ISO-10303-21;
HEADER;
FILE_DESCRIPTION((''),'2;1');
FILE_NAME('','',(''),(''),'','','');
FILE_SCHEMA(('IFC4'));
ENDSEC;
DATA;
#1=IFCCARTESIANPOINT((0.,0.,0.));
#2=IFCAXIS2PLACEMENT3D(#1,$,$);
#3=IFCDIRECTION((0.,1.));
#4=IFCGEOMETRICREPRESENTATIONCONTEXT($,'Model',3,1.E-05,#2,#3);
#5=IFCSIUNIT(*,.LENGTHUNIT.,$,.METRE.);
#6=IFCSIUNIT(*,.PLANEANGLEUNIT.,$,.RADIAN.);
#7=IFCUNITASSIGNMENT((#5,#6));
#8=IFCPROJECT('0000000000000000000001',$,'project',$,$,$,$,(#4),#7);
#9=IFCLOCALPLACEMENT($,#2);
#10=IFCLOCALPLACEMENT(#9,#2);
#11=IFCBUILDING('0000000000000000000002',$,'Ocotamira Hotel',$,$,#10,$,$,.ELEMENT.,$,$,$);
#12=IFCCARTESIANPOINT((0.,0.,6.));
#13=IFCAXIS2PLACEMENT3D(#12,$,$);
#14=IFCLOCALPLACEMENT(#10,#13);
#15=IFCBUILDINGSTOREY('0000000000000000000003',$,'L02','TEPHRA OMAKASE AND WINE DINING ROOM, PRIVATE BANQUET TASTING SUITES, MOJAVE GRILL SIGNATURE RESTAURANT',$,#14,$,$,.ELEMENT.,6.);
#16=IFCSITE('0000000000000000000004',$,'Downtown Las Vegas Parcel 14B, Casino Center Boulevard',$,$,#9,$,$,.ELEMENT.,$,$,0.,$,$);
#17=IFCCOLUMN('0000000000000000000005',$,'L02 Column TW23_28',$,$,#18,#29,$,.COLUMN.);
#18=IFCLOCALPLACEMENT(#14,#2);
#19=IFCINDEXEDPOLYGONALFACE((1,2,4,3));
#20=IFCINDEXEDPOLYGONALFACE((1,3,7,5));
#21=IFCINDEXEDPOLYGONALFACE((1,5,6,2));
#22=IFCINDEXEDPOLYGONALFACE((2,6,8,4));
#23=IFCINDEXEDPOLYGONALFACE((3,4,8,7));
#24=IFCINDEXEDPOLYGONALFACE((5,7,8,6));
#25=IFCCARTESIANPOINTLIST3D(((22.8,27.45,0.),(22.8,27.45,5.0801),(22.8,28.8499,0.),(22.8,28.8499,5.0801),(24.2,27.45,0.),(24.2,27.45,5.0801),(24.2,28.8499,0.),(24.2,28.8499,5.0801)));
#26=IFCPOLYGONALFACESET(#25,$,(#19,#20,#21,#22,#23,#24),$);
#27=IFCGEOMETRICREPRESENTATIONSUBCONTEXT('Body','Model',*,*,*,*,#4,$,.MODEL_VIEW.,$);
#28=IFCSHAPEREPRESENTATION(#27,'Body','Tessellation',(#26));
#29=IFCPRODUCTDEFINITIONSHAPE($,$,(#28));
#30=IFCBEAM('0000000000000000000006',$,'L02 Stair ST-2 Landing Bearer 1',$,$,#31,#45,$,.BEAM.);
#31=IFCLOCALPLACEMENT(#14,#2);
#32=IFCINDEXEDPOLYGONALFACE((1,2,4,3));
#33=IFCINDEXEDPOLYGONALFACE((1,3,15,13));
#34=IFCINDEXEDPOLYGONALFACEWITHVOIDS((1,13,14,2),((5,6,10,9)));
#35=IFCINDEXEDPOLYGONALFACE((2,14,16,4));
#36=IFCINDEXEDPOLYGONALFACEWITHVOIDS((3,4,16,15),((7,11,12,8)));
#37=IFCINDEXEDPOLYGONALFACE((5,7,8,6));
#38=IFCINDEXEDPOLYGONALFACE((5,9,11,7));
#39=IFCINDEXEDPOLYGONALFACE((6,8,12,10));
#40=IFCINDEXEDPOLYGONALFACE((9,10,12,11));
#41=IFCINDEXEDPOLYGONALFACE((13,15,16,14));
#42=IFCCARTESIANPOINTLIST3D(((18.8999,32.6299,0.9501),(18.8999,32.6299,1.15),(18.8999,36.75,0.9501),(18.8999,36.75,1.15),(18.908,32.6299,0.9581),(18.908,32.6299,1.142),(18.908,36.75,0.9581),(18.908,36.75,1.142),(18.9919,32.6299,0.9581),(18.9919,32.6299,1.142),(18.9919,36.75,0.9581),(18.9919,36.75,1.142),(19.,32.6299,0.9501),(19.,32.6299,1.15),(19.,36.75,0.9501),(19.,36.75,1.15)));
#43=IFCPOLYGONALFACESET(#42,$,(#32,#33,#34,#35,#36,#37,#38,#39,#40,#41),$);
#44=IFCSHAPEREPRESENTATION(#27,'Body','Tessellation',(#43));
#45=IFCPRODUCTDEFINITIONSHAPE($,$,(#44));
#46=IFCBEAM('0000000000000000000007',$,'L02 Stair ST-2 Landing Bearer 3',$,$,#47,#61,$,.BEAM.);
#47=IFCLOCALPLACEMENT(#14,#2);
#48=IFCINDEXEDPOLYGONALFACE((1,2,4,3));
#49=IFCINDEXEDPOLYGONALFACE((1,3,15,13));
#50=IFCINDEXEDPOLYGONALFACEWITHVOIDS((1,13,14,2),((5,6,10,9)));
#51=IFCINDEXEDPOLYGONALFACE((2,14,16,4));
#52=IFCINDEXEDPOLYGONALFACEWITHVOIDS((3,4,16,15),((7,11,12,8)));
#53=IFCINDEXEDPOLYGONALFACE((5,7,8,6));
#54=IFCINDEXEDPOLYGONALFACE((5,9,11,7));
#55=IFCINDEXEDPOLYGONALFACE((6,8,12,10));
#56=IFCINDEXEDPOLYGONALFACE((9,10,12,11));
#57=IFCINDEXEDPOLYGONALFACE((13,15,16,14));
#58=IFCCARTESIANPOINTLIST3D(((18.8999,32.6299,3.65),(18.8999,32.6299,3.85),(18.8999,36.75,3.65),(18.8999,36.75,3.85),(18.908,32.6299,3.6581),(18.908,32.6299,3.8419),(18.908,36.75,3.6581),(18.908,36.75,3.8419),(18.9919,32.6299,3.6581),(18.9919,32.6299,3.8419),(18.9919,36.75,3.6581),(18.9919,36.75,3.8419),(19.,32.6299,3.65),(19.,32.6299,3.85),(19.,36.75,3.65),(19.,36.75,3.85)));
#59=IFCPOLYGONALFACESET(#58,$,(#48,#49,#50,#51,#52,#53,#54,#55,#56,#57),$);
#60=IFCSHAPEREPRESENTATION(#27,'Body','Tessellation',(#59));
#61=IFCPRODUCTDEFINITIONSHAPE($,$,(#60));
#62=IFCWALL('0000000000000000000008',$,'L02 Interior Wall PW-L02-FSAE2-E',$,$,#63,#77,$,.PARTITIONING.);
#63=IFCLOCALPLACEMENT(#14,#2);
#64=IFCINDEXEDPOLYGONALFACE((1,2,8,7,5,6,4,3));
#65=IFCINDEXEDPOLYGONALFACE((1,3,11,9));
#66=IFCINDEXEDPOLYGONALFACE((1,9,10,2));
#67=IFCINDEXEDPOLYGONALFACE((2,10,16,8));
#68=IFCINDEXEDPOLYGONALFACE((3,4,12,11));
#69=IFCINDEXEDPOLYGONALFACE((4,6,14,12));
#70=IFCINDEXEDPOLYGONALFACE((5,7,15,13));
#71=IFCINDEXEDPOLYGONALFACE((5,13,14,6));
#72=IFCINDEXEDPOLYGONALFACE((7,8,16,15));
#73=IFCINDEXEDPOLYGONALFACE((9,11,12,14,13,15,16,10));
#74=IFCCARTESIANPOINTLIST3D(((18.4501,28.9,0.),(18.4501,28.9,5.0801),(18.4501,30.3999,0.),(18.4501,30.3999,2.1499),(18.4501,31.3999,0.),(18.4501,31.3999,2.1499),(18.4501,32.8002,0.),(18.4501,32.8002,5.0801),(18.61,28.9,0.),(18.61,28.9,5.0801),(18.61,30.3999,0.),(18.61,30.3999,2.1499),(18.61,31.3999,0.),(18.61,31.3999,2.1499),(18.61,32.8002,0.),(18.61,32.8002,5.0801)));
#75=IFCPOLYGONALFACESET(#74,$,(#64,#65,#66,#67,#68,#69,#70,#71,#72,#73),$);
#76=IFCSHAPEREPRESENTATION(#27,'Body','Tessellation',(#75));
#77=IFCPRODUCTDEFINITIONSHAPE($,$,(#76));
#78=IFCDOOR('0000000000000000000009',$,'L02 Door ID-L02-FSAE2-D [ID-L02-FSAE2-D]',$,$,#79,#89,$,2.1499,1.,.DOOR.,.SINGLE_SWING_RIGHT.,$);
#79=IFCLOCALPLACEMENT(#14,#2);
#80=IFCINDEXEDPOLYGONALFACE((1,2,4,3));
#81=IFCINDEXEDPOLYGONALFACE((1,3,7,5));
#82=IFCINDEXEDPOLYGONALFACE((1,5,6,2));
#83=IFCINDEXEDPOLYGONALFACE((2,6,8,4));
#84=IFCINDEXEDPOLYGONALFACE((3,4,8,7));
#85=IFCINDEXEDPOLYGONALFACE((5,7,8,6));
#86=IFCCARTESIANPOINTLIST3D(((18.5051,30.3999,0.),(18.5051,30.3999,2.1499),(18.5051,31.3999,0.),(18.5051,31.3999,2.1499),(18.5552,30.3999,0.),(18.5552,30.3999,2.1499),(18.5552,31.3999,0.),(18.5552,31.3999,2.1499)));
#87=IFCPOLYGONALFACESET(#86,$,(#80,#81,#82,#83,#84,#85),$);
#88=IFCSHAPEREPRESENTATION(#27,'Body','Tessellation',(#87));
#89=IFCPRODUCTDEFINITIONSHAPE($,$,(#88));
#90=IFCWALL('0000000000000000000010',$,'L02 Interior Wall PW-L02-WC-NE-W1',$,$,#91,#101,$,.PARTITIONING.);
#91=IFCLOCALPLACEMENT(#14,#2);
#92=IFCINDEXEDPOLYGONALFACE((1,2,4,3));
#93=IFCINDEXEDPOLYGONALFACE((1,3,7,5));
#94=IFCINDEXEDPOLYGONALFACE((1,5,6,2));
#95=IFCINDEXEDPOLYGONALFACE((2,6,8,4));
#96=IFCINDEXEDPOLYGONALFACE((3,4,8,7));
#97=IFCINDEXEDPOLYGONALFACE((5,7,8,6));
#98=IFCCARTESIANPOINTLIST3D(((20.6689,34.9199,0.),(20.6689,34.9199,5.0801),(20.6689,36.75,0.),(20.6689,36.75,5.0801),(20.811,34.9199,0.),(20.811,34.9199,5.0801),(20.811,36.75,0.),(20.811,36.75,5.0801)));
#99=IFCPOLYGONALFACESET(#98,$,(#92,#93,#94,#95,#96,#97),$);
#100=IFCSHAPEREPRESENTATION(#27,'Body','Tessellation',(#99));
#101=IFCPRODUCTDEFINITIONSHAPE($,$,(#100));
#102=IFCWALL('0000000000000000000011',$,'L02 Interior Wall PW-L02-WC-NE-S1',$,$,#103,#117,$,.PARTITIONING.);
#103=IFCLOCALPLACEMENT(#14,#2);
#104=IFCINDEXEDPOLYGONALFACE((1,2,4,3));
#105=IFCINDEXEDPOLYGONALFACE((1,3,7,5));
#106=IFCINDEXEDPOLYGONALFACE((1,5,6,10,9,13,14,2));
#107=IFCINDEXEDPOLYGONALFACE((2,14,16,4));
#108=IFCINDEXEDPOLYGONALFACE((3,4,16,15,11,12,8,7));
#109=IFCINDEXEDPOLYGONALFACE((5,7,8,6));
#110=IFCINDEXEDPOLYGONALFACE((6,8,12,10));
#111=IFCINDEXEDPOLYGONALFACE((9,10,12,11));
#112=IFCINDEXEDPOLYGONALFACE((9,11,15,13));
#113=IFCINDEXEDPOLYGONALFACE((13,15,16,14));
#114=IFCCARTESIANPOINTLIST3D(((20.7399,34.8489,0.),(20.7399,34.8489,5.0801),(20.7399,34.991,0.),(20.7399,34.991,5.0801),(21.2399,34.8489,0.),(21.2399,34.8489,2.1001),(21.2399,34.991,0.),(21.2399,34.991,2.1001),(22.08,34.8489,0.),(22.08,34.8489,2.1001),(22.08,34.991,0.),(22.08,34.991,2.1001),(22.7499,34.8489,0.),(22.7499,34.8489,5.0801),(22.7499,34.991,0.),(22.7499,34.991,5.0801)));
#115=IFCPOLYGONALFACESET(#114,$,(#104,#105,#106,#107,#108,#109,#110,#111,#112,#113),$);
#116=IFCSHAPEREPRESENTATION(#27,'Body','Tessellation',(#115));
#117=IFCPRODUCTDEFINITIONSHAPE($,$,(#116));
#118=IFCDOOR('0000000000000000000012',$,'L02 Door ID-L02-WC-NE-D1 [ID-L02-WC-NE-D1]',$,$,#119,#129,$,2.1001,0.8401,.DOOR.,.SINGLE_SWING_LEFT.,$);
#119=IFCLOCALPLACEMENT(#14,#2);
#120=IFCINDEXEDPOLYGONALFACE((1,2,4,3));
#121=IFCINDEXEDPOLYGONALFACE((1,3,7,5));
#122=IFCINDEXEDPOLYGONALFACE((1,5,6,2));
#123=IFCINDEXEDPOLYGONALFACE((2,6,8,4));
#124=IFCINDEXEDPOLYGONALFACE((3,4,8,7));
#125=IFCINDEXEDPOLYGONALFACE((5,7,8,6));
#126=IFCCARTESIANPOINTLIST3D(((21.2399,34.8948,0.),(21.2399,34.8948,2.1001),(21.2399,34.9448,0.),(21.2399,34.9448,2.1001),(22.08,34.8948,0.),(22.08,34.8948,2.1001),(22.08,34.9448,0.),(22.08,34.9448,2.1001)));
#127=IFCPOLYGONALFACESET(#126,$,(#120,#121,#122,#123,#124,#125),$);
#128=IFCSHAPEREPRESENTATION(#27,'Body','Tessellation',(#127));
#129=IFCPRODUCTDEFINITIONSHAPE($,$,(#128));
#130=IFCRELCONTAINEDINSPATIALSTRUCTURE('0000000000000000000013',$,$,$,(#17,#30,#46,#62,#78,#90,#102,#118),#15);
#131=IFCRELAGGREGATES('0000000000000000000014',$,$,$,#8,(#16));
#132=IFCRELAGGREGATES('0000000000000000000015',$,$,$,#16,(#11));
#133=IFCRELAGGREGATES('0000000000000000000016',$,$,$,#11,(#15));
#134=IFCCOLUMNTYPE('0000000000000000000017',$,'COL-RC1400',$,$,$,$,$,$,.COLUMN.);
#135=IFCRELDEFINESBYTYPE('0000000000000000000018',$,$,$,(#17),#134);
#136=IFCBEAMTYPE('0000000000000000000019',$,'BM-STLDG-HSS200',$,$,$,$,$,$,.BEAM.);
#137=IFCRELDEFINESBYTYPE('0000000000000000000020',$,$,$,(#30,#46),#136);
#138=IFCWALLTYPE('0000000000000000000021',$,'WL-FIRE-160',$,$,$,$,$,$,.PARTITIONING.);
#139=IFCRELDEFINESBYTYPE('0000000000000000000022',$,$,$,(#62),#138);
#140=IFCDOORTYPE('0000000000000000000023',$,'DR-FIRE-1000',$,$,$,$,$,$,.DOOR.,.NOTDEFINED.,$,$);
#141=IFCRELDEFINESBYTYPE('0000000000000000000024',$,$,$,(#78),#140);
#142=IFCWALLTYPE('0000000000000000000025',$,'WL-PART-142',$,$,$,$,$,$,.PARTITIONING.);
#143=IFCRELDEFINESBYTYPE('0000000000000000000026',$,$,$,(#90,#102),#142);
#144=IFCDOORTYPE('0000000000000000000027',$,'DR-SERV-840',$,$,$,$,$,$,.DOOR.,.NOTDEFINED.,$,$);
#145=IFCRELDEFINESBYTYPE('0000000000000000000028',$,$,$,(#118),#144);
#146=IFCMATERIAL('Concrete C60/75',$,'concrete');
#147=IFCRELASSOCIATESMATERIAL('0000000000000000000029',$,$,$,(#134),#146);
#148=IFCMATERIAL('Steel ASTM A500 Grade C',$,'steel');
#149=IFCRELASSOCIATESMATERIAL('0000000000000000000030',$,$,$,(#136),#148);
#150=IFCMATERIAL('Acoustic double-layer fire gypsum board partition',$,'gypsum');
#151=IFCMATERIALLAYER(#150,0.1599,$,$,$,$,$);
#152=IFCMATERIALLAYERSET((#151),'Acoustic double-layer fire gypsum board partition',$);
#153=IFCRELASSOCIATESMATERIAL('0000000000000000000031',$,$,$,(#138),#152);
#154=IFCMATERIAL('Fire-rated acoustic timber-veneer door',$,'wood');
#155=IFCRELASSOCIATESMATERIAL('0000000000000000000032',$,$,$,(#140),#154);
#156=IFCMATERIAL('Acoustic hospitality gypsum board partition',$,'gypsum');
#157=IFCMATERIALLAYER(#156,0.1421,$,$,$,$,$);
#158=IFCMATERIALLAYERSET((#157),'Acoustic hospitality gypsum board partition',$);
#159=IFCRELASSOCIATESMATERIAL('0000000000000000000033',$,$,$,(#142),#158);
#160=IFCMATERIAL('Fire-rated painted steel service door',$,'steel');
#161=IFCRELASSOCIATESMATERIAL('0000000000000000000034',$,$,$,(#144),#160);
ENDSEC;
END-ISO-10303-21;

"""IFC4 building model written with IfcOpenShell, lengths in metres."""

from ifc_helpers import new_model, si_unit, direction, frame, frame_2d, origin, origin_2d, place, context, subcontext, project, spatial, rectangle, hollow_rectangle, extrude, source, transform, mapped, material, layer, layer_set, material_profile, profile_set, type_object, element, fill, save


model = new_model("IFC4")

# Units and contexts
model_context = context("Model", 3, precision=1e-05, world=origin(), true_north=direction((0.0, 1.0)))
body_context = subcontext(model_context, "Body", "Model", "MODEL_VIEW")
ifc_project = project(units=[si_unit("LENGTHUNIT", "METRE"), si_unit("PLANEANGLEUNIT", "RADIAN")], contexts=[model_context])

# Site, building, storey
site_placement = place(None, origin())
site = spatial("IfcSite", under=ifc_project, at=site_placement, Name="Downtown Las Vegas Parcel 14B, Casino Center Boulevard", CompositionType="ELEMENT", RefElevation=0.0)
building_placement = place(site_placement, origin())
building = spatial("IfcBuilding", under=site, at=building_placement, Name="Ocotamira Hotel", CompositionType="ELEMENT")
storey_placement = place(building_placement, frame((0.0, 0.0, 6.0)))
storey = spatial("IfcBuildingStorey", under=building, at=storey_placement, Name="L02", Description="TEPHRA OMAKASE AND WINE DINING ROOM, PRIVATE BANQUET TASTING SUITES, MOJAVE GRILL SIGNATURE RESTAURANT", CompositionType="ELEMENT", Elevation=6.0)

# Column
ifc_material_1 = material(Name="Concrete C60/75", Category="concrete")
ifc_material_profile_1 = material_profile(ifc_material_1, rectangle(XDim=1.3999, YDim=1.3999, at=origin_2d()), Name="RC1400X1400")
ifc_profile_set_1 = profile_set([ifc_material_profile_1], Name="Concrete C60/75")
column_type = type_object("IfcColumnType", Name="COL-RC1400", PredefinedType="COLUMN", material=ifc_profile_set_1)
shared_shape_1 = source(origin(), body_context, "Body", "SweptSolid", [
    extrude(rectangle(XDim=1.3999, YDim=1.3999, at=origin_2d()), origin(), (0.0, 0.0, 1.0), 5.0801),
])
column_placement = place(storey_placement, frame((23.5, 28.1499, 0.0), z_axis=(0.0, 0.0, 1.0), x_axis=(1.0, 0.0, 0.0)))
element("IfcColumn", 1, at=column_placement, inside=storey, type_object=column_type, Name="L02 Column TW23_28", PredefinedType="COLUMN", context=body_context, shape_type="MappedRepresentation", body=[
    mapped(shared_shape_1, transform((0.0, 0.0, 0.0), scale=1.0)),
])

# Beams
ifc_material_2 = material(Name="Steel ASTM A500 Grade C", Category="steel")
ifc_material_profile_2 = material_profile(ifc_material_2, hollow_rectangle(XDim=0.1001, YDim=0.2, WallThickness=0.0081, at=origin_2d()), Name="HSS200X100X8")
ifc_profile_set_2 = profile_set([ifc_material_profile_2], Name="Steel ASTM A500 Grade C")
beam_type = type_object("IfcBeamType", Name="BM-STLDG-HSS200", PredefinedType="BEAM", material=ifc_profile_set_2)
shared_shape_2 = source(origin(), body_context, "Body", "SweptSolid", [
    extrude(hollow_rectangle(XDim=0.1001, YDim=0.2, WallThickness=0.0081, at=origin_2d()), origin(), (0.0, 0.0, 1.0), 4.1201),
])
for number, where, z_axis, x_axis, name in (
    (2, (18.95, 32.6299, 1.05), (0.0, 1.0, 0.0), (-1.0, 0.0, 0.0), "L02 Stair ST-2 Landing Bearer 1"),
    (3, (18.95, 32.6299, 3.75), (0.0, 1.0, 0.0), (-1.0, 0.0, 0.0), "L02 Stair ST-2 Landing Bearer 3"),
):
    element("IfcBeam", number, at=place(storey_placement, frame(where, z_axis=z_axis, x_axis=x_axis)), inside=storey, type_object=beam_type, Name=name, PredefinedType="BEAM", context=body_context, shape_type="MappedRepresentation", body=[
        mapped(shared_shape_2, transform((0.0, 0.0, 0.0), scale=1.0)),
    ])

# Wall, opening, door
ifc_material_3 = material(Name="Acoustic double-layer fire gypsum board partition", Category="gypsum")
ifc_layer_1 = layer(ifc_material_3, 0.1599)
ifc_layer_set_1 = layer_set([ifc_layer_1], Name="Acoustic double-layer fire gypsum board partition")
wall_type_1 = type_object("IfcWallType", Name="WL-FIRE-160", PredefinedType="PARTITIONING", material=ifc_layer_set_1)
wall_1_placement = place(storey_placement, frame((18.53, 28.8999, 0.0), z_axis=(0.0, 0.0, 1.0), x_axis=(0.0, 1.0, 0.0)))
wall_1 = element("IfcWall", 4, at=wall_1_placement, inside=storey, type_object=wall_type_1, Name="L02 Interior Wall PW-L02-FSAE2-E", PredefinedType="PARTITIONING", context=body_context, shape_type="SweptSolid", body=[
    extrude(rectangle(XDim=3.9001, YDim=0.1599, at=frame_2d((1.9502, 0.0))), origin(), (0.0, 0.0, 1.0), 5.0801),
])
opening_1_placement = place(wall_1_placement, frame((1.5, 0.0, 0.0)))
opening_1 = element("IfcOpeningElement", 5, at=opening_1_placement, cuts=wall_1, PredefinedType="OPENING", context=body_context, shape_type="SweptSolid", body=[
    extrude(rectangle(XDim=1.0, YDim=2.1499, at=frame_2d((0.5, 1.075))), frame((0.0, 0.0898, 0.0), z_axis=(0.0, -1.0, 0.0), x_axis=(1.0, 0.0, 0.0)), (0.0, 0.0, 1.0), 0.1799),
])
ifc_material_4 = material(Name="Fire-rated acoustic timber-veneer door", Category="wood")
door_type_1 = type_object("IfcDoorType", Name="DR-FIRE-1000", OperationType="NOTDEFINED", PredefinedType="DOOR", material=ifc_material_4)
shared_shape_3 = source(origin(), body_context, "Body", "SweptSolid", [
    extrude(rectangle(XDim=1.0, YDim=2.1499, at=frame_2d((0.5, 1.075))), frame((0.0, 0.0249, 0.0), z_axis=(0.0, -1.0, 0.0), x_axis=(1.0, 0.0, 0.0)), (0.0, 0.0, 1.0), 0.05),
])
door_1_placement = place(opening_1_placement, origin())
door_1 = element("IfcDoor", 6, at=door_1_placement, inside=storey, type_object=door_type_1, Name="L02 Door ID-L02-FSAE2-D [ID-L02-FSAE2-D]", OperationType="SINGLE_SWING_RIGHT", OverallHeight=2.1499, OverallWidth=1.0, PredefinedType="DOOR", context=body_context, shape_type="MappedRepresentation", body=[
    mapped(shared_shape_3, transform((0.0, 0.0, 0.0), scale=1.0)),
])
fill(opening_1, door_1)

# Wall
ifc_material_5 = material(Name="Acoustic hospitality gypsum board partition", Category="gypsum")
ifc_layer_2 = layer(ifc_material_5, 0.1421)
ifc_layer_set_2 = layer_set([ifc_layer_2], Name="Acoustic hospitality gypsum board partition")
wall_type_2 = type_object("IfcWallType", Name="WL-PART-142", PredefinedType="PARTITIONING", material=ifc_layer_set_2)
wall_2_placement = place(storey_placement, frame((20.74, 34.9199, 0.0), z_axis=(0.0, 0.0, 1.0), x_axis=(0.0, 1.0, 0.0)))
element("IfcWall", 7, at=wall_2_placement, inside=storey, type_object=wall_type_2, Name="L02 Interior Wall PW-L02-WC-NE-W1", PredefinedType="PARTITIONING", context=body_context, shape_type="SweptSolid", body=[
    extrude(rectangle(XDim=1.8301, YDim=0.1421, at=frame_2d((0.915, 0.0))), origin(), (0.0, 0.0, 1.0), 5.0801),
])

# Wall, opening, door
wall_3_placement = place(storey_placement, frame((20.74, 34.9199, 0.0), z_axis=(0.0, 0.0, 1.0), x_axis=(1.0, 0.0, 0.0)))
wall_3 = element("IfcWall", 8, at=wall_3_placement, inside=storey, type_object=wall_type_2, Name="L02 Interior Wall PW-L02-WC-NE-S1", PredefinedType="PARTITIONING", context=body_context, shape_type="SweptSolid", body=[
    extrude(rectangle(XDim=2.01, YDim=0.1421, at=frame_2d((1.0049, 0.0))), origin(), (0.0, 0.0, 1.0), 5.0801),
])
opening_2_placement = place(wall_3_placement, frame((0.5, 0.0, 0.0)))
opening_2 = element("IfcOpeningElement", 9, at=opening_2_placement, cuts=wall_3, PredefinedType="OPENING", context=body_context, shape_type="SweptSolid", body=[
    extrude(rectangle(XDim=0.8401, YDim=2.1001, at=frame_2d((0.4199, 1.05))), frame((0.0, 0.0811, 0.0), z_axis=(0.0, -1.0, 0.0), x_axis=(1.0, 0.0, 0.0)), (0.0, 0.0, 1.0), 0.1621),
])
ifc_material_6 = material(Name="Fire-rated painted steel service door", Category="steel")
door_type_2 = type_object("IfcDoorType", Name="DR-SERV-840", OperationType="NOTDEFINED", PredefinedType="DOOR", material=ifc_material_6)
shared_shape_4 = source(origin(), body_context, "Body", "SweptSolid", [
    extrude(rectangle(XDim=0.8401, YDim=2.1001, at=frame_2d((0.4199, 1.05))), frame((0.0, 0.0249, 0.0), z_axis=(0.0, -1.0, 0.0), x_axis=(1.0, 0.0, 0.0)), (0.0, 0.0, 1.0), 0.05),
])
door_2_placement = place(opening_2_placement, origin())
door_2 = element("IfcDoor", 10, at=door_2_placement, inside=storey, type_object=door_type_2, Name="L02 Door ID-L02-WC-NE-D1 [ID-L02-WC-NE-D1]", OperationType="SINGLE_SWING_LEFT", OverallHeight=2.1001, OverallWidth=0.8401, PredefinedType="DOOR", context=body_context, shape_type="MappedRepresentation", body=[
    mapped(shared_shape_4, transform((0.0, 0.0, 0.0), scale=1.0)),
])
fill(opening_2, door_2)

save(model, "model.ifc")
